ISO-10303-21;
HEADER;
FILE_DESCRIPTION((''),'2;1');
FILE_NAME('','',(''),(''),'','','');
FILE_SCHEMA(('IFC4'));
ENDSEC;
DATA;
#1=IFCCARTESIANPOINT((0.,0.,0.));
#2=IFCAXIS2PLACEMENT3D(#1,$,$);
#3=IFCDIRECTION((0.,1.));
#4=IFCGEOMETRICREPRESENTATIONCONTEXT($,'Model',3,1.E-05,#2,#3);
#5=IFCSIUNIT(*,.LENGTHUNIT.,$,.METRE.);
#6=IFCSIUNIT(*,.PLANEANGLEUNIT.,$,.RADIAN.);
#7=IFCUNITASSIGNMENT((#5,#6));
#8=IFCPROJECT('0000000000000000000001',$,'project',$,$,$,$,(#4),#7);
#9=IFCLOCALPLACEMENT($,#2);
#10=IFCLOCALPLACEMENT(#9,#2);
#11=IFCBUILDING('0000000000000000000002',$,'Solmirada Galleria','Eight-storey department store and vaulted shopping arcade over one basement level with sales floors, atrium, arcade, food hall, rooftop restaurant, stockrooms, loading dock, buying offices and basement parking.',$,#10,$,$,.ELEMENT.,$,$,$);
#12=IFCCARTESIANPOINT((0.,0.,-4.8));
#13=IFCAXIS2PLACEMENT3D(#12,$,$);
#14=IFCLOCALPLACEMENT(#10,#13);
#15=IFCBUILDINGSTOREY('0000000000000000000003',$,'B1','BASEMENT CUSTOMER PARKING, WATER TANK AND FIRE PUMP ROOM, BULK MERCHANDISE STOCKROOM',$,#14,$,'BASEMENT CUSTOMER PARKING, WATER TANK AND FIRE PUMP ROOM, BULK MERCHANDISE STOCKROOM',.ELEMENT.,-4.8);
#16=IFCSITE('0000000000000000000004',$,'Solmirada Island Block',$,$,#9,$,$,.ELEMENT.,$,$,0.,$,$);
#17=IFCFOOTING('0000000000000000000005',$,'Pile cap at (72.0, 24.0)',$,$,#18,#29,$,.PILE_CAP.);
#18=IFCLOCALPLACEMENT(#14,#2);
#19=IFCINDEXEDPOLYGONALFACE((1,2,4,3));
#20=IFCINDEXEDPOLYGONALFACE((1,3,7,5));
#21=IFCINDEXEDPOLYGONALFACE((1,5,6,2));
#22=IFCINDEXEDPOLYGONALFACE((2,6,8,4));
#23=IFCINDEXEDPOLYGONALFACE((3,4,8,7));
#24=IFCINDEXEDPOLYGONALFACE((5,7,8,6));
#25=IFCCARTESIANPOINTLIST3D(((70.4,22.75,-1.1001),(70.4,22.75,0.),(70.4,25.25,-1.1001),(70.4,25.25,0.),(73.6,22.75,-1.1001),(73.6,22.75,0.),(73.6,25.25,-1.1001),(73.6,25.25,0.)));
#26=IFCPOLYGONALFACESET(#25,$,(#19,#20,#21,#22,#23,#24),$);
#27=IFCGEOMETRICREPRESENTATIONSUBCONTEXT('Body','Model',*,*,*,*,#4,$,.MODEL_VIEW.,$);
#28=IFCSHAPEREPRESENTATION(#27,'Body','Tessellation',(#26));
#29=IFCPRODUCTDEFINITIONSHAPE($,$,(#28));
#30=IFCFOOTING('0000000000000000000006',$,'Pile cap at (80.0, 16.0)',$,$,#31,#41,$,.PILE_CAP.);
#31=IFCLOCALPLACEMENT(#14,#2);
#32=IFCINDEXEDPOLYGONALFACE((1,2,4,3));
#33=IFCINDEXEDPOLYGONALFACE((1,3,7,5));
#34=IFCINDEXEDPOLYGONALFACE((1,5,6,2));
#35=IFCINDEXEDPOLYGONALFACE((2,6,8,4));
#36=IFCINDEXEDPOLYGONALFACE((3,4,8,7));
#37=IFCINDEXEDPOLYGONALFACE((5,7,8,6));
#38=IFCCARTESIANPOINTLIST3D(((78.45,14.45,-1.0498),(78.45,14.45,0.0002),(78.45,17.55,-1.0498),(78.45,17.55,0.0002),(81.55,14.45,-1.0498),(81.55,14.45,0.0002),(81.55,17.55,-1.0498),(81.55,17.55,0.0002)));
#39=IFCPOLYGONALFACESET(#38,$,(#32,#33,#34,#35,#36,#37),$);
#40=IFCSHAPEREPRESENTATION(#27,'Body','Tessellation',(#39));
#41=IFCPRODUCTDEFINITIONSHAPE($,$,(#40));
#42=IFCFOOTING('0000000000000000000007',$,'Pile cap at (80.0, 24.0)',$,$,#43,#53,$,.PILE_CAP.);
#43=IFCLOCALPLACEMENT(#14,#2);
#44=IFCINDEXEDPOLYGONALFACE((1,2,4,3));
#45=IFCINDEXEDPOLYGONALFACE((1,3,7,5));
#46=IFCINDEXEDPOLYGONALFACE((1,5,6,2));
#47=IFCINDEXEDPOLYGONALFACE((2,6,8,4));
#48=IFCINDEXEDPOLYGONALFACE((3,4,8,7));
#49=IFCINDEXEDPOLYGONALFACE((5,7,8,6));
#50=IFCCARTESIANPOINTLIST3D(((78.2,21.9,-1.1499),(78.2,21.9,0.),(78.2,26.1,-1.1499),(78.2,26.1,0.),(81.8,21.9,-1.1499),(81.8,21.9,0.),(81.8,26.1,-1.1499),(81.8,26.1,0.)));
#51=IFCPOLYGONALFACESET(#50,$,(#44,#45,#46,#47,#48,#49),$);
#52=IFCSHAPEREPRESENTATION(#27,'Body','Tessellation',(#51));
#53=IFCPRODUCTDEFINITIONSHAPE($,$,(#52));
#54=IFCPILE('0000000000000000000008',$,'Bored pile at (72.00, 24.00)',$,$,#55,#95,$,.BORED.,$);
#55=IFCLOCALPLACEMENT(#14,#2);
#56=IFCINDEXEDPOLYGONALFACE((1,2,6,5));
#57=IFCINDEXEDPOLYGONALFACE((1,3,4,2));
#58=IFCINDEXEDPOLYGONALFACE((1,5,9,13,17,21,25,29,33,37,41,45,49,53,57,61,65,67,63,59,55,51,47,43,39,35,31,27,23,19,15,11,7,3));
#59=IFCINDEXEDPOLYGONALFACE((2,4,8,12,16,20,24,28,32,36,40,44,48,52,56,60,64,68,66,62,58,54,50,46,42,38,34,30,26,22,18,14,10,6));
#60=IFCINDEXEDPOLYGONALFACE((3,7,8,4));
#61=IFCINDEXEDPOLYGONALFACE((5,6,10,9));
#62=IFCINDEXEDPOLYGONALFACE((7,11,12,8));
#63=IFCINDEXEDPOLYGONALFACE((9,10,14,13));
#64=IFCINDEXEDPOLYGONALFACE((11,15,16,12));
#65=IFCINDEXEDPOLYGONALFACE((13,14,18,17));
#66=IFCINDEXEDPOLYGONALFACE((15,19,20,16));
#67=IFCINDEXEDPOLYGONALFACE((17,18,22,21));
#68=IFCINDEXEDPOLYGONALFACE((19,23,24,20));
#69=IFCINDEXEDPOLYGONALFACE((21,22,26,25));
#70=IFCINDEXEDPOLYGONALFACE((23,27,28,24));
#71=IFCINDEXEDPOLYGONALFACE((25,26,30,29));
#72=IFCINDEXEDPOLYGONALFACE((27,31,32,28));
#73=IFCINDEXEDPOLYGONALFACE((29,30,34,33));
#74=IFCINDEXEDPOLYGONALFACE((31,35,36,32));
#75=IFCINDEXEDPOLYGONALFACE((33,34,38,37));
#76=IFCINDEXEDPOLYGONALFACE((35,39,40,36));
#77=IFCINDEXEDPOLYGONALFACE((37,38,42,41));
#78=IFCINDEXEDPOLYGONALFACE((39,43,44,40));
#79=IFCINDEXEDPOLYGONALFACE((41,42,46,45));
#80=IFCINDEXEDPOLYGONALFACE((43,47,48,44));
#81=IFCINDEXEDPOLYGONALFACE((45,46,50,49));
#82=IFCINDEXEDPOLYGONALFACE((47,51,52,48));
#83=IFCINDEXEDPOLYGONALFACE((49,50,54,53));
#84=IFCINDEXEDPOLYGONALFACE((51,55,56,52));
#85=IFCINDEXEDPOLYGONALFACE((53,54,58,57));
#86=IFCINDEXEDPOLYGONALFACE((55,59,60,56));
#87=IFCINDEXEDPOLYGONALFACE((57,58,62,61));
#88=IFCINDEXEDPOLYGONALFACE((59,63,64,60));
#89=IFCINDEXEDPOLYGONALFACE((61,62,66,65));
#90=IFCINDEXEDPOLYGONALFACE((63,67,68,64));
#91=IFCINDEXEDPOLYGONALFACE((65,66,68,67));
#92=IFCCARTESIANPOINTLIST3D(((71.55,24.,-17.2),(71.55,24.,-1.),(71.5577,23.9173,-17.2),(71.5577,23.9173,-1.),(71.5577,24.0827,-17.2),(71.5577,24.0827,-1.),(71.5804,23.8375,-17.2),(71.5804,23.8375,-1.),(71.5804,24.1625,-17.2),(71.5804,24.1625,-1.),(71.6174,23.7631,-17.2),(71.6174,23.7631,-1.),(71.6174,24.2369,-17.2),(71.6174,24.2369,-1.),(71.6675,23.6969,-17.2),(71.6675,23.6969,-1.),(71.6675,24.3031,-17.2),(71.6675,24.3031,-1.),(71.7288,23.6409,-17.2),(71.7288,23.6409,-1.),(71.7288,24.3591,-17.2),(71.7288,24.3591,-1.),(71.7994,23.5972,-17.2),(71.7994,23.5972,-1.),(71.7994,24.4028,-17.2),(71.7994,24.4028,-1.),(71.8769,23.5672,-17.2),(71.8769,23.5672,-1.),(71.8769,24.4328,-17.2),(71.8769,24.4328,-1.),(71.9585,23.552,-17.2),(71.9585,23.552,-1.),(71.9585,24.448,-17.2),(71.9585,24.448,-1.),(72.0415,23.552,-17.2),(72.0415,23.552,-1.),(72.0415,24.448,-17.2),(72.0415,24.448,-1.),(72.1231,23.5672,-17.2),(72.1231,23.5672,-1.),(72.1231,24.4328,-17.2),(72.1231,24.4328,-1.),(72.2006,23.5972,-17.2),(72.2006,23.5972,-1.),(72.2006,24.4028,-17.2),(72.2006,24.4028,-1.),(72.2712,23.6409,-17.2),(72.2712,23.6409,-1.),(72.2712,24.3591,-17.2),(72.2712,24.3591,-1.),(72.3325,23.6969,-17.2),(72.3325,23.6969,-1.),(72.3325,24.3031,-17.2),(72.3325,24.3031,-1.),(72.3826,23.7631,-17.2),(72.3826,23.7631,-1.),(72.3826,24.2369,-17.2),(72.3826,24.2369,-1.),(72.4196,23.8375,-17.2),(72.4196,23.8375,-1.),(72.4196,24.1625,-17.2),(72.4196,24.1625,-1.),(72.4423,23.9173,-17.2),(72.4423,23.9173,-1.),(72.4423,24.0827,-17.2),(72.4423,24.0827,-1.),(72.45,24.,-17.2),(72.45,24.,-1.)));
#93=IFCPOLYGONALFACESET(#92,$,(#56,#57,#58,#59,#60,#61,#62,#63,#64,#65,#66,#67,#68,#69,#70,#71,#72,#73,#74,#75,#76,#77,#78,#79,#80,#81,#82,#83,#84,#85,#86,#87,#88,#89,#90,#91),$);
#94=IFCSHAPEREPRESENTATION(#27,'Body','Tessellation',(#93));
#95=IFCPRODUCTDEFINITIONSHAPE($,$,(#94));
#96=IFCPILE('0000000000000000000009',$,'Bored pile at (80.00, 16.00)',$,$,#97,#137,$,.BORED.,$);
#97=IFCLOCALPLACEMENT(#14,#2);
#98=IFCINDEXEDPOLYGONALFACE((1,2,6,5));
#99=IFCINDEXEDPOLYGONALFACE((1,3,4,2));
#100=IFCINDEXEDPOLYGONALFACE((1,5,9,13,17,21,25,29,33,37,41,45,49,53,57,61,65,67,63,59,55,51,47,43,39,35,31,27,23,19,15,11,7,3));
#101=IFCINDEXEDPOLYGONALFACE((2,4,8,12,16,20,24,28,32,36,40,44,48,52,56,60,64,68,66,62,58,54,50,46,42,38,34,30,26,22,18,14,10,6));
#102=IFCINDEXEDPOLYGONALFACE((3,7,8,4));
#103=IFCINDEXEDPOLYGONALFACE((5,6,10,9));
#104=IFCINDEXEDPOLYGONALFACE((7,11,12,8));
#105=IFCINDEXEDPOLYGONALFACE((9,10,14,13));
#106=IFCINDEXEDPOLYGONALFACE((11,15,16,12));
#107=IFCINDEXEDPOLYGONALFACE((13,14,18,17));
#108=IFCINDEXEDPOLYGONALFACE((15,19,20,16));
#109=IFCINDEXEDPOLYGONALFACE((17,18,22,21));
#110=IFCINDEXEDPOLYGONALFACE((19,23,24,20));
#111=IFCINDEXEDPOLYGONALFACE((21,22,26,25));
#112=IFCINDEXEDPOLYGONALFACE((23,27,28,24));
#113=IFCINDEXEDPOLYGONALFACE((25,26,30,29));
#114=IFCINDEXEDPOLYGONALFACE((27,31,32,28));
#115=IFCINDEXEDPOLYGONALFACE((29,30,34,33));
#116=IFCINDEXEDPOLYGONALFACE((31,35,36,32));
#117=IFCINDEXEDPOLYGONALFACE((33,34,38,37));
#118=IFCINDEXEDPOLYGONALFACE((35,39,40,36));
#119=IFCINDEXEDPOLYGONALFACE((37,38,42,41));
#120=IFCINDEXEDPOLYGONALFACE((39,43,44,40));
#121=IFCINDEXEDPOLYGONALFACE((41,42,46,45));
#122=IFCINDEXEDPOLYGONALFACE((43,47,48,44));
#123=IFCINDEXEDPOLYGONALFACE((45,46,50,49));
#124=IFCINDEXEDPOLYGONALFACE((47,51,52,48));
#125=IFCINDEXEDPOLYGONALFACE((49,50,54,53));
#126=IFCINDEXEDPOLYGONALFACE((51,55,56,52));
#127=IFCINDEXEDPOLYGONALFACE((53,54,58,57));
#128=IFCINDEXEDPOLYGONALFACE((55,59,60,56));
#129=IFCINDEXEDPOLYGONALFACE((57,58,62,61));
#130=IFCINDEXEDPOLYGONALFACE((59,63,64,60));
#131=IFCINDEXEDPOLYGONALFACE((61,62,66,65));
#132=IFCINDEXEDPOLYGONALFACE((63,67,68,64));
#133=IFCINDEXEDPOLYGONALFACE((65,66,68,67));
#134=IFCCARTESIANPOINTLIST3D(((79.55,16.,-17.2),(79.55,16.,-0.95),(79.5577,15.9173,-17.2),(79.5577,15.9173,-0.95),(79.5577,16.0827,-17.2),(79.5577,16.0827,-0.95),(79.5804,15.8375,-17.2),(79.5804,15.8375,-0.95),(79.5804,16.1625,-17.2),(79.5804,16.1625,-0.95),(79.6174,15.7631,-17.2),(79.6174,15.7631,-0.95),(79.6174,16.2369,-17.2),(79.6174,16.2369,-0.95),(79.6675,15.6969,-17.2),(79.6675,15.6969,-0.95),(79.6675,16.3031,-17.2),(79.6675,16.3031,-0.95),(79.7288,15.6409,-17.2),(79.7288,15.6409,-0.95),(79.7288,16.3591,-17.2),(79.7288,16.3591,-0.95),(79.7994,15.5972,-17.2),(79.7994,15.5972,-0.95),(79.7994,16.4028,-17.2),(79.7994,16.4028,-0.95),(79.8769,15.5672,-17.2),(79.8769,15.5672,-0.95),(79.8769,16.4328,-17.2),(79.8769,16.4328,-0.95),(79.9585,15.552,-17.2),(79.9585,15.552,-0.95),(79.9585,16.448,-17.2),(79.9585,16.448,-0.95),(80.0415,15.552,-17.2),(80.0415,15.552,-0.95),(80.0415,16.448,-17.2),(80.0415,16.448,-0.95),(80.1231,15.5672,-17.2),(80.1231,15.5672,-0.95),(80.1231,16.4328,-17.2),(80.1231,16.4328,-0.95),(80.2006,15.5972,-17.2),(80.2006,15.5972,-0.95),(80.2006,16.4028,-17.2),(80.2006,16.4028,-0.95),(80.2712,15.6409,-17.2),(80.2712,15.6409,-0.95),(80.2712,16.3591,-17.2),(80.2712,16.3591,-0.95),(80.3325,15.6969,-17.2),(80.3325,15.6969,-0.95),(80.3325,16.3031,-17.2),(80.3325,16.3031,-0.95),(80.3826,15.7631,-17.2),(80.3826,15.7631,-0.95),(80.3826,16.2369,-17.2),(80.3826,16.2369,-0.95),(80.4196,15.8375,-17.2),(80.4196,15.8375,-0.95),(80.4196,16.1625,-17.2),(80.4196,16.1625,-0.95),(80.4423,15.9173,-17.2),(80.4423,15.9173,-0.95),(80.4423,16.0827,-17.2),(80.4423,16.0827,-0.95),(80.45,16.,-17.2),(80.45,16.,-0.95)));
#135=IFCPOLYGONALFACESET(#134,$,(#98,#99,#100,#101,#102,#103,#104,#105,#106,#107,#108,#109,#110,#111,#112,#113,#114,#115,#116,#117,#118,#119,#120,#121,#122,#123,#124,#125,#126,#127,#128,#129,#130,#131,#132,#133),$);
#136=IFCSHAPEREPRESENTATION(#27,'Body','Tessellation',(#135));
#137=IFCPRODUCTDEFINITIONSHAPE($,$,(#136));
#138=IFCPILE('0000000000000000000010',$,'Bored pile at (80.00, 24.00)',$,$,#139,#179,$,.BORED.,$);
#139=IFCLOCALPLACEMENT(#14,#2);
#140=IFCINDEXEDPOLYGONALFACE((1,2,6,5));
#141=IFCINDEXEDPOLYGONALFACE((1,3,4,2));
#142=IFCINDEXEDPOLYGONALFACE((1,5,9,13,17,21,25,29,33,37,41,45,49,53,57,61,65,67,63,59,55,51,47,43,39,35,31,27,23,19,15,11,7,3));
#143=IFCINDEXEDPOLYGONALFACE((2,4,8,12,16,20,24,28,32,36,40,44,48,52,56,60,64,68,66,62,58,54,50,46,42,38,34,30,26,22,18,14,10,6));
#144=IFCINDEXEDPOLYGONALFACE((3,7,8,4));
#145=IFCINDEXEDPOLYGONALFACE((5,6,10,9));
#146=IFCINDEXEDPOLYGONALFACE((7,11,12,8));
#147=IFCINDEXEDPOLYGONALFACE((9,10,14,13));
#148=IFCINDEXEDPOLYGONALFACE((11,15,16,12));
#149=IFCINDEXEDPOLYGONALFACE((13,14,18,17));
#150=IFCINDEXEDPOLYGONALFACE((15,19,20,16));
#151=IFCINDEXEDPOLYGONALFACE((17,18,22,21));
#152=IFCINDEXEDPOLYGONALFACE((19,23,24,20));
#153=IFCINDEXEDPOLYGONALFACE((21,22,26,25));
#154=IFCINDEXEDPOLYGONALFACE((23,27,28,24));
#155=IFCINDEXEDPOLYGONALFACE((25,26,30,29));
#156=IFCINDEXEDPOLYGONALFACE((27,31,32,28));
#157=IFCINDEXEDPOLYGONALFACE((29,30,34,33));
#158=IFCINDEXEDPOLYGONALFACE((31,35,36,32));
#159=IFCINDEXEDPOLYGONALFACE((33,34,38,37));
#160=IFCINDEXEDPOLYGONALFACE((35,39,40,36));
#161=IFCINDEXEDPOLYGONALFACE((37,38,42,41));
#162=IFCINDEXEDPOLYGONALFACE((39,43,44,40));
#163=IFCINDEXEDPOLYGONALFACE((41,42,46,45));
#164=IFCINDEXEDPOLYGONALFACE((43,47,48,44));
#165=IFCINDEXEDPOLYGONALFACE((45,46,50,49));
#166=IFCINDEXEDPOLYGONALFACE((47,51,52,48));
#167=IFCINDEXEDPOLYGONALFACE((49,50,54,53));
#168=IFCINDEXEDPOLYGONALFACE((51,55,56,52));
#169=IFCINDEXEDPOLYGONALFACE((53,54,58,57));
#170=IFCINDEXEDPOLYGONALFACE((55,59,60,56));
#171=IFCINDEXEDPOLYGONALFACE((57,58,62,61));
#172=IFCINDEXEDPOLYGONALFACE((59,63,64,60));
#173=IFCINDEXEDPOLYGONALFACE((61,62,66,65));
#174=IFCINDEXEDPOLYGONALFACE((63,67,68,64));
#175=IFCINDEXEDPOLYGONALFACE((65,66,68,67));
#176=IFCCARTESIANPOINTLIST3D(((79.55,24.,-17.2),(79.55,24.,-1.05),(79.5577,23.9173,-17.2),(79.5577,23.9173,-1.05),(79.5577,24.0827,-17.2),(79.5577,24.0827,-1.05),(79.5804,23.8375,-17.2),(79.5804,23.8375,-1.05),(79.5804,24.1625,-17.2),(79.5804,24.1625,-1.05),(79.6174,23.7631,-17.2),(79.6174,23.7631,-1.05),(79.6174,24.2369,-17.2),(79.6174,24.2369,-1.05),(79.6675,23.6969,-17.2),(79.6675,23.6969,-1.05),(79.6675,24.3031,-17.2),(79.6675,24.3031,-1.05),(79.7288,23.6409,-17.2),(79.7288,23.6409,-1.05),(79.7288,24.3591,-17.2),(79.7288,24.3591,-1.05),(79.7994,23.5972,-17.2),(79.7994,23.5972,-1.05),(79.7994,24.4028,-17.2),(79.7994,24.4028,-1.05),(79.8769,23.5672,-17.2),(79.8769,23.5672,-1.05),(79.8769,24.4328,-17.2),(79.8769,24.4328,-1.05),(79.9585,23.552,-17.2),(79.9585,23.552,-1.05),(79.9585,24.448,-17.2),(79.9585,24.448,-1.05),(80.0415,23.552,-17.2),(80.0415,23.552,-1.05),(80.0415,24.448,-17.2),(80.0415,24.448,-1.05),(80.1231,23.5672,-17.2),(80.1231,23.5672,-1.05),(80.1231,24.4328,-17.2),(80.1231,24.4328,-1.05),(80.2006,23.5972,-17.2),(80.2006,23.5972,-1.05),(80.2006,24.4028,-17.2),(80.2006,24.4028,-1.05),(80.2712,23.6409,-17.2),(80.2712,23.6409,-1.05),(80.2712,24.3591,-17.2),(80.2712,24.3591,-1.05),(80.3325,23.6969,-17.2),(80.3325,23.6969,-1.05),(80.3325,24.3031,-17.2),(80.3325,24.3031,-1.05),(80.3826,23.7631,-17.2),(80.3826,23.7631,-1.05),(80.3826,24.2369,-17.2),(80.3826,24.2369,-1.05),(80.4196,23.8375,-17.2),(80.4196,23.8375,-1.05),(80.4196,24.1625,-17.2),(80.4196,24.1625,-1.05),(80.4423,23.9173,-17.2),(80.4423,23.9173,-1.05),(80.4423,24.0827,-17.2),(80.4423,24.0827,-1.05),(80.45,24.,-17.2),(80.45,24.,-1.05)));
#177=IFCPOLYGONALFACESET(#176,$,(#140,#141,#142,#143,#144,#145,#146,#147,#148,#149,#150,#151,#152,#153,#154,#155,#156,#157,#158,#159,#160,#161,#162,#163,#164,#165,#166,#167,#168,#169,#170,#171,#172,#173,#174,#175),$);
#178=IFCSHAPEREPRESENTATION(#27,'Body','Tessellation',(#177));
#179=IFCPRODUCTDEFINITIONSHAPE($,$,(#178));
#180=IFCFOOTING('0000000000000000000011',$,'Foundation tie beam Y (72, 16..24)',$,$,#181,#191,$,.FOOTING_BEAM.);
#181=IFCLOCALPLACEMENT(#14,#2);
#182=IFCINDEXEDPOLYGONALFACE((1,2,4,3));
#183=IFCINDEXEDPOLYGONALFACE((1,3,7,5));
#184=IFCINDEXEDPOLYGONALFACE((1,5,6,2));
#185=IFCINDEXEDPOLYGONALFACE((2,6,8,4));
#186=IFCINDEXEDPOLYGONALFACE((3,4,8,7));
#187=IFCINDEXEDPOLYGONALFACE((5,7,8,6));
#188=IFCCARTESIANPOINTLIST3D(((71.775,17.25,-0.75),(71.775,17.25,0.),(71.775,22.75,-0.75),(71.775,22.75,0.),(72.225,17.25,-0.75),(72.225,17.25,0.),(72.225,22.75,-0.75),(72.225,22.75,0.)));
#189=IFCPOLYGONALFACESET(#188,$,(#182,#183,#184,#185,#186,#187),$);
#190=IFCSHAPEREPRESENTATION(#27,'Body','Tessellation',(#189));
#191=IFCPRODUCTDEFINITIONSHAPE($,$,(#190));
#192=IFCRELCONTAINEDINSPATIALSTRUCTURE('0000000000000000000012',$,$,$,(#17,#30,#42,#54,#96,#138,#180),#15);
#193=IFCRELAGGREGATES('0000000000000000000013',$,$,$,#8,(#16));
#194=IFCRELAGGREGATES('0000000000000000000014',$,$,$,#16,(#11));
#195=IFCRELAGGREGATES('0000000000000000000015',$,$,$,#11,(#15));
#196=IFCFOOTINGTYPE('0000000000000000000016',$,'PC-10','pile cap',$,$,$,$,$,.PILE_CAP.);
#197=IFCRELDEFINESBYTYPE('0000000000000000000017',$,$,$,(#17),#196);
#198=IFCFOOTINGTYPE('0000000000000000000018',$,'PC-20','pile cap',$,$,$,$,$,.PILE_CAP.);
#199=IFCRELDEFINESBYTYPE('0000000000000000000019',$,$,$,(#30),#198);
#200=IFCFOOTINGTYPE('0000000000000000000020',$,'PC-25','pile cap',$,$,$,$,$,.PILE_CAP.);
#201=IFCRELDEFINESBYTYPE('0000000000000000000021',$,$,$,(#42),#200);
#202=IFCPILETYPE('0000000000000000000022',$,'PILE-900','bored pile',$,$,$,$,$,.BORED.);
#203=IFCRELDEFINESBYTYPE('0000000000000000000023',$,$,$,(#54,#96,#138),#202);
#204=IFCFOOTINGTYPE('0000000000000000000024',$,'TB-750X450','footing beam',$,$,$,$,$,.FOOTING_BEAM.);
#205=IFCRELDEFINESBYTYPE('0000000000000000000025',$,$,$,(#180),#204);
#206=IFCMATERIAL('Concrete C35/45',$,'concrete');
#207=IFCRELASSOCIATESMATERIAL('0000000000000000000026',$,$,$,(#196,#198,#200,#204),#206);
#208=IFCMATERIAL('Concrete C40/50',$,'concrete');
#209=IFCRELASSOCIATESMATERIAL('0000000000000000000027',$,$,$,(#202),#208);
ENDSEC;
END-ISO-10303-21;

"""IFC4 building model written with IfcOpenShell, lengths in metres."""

from ifc_helpers import new_model, si_unit, direction, frame, origin, origin_2d, place, context, subcontext, project, spatial, rectangle, circle, extrude, material, material_profile, profile_set, type_object, element, save


model = new_model("IFC4")

# Units and contexts
model_context = context("Model", 3, precision=1e-05, world=origin(), true_north=direction((0.0, 1.0)))
body_context = subcontext(model_context, "Body", "Model", "MODEL_VIEW")
ifc_project = project(units=[si_unit("LENGTHUNIT", "METRE"), si_unit("PLANEANGLEUNIT", "RADIAN")], contexts=[model_context])

# Site, building, storey
site_placement = place(None, origin())
site = spatial("IfcSite", under=ifc_project, at=site_placement, Name="Solmirada Island Block", CompositionType="ELEMENT", RefElevation=0.0)
building_placement = place(site_placement, origin())
building = spatial("IfcBuilding", under=site, at=building_placement, Name="Solmirada Galleria", Description="Eight-storey department store and vaulted shopping arcade over one basement level with sales floors, atrium, arcade, food hall, rooftop restaurant, stockrooms, loading dock, buying offices and basement parking.", CompositionType="ELEMENT")
storey_placement = place(building_placement, frame((0.0, 0.0, -4.8)))
storey = spatial("IfcBuildingStorey", under=building, at=storey_placement, Name="B1", Description="BASEMENT CUSTOMER PARKING, WATER TANK AND FIRE PUMP ROOM, BULK MERCHANDISE STOCKROOM", LongName="BASEMENT CUSTOMER PARKING, WATER TANK AND FIRE PUMP ROOM, BULK MERCHANDISE STOCKROOM", CompositionType="ELEMENT", Elevation=-4.8)

# Footings
ifc_material_1 = material(Name="Concrete C35/45", Category="concrete")
footing_type_1 = type_object("IfcFootingType", Name="PC-10", Description="pile cap", PredefinedType="PILE_CAP", material=ifc_material_1)
footing_1_placement = place(storey_placement, frame((72.0, 24.0, -1.1001), z_axis=(0.0, 0.0, 1.0), x_axis=(1.0, 0.0, 0.0)))
element("IfcFooting", 1, at=footing_1_placement, inside=storey, type_object=footing_type_1, Name="Pile cap at (72.0, 24.0)", PredefinedType="PILE_CAP", context=body_context, shape_type="SweptSolid", body=[
    extrude(rectangle(XDim=3.2, YDim=2.5, at=origin_2d()), origin(), (0.0, 0.0, 1.0), 1.1001),
])
footing_type_2 = type_object("IfcFootingType", Name="PC-20", Description="pile cap", PredefinedType="PILE_CAP", material=ifc_material_1)
footing_2_placement = place(storey_placement, frame((80.0, 16.0, -1.0498), z_axis=(0.0, 0.0, 1.0), x_axis=(1.0, 0.0, 0.0)))
element("IfcFooting", 2, at=footing_2_placement, inside=storey, type_object=footing_type_2, Name="Pile cap at (80.0, 16.0)", PredefinedType="PILE_CAP", context=body_context, shape_type="SweptSolid", body=[
    extrude(rectangle(XDim=3.1001, YDim=3.1001, at=origin_2d()), origin(), (0.0, 0.0, 1.0), 1.05),
])
footing_type_3 = type_object("IfcFootingType", Name="PC-25", Description="pile cap", PredefinedType="PILE_CAP", material=ifc_material_1)
footing_3_placement = place(storey_placement, frame((80.0, 24.0, -1.1499), z_axis=(0.0, 0.0, 1.0), x_axis=(1.0, 0.0, 0.0)))
element("IfcFooting", 3, at=footing_3_placement, inside=storey, type_object=footing_type_3, Name="Pile cap at (80.0, 24.0)", PredefinedType="PILE_CAP", context=body_context, shape_type="SweptSolid", body=[
    extrude(rectangle(XDim=3.6001, YDim=4.2, at=origin_2d()), origin(), (0.0, 0.0, 1.0), 1.1499),
])

# Piles
ifc_material_2 = material(Name="Concrete C40/50", Category="concrete")
ifc_material_profile_1 = material_profile(ifc_material_2, circle(Radius=0.45, at=origin_2d()), Name="PILE900")
ifc_profile_set_1 = profile_set([ifc_material_profile_1], Name="Concrete C40/50")
pile_type = type_object("IfcPileType", Name="PILE-900", Description="bored pile", PredefinedType="BORED", material=ifc_profile_set_1)
pile_1_placement = place(storey_placement, frame((72.0, 24.0, -1.0), z_axis=(0.0, 0.0, -1.0), x_axis=(1.0, 0.0, 0.0)))
element("IfcPile", 4, at=pile_1_placement, inside=storey, type_object=pile_type, Name="Bored pile at (72.00, 24.00)", PredefinedType="BORED", context=body_context, shape_type="SweptSolid", body=[
    extrude(circle(Radius=0.45, at=origin_2d()), origin(), (0.0, 0.0, 1.0), 16.2),
])
pile_2_placement = place(storey_placement, frame((80.0, 16.0, -0.95), z_axis=(0.0, 0.0, -1.0), x_axis=(1.0, 0.0, 0.0)))
element("IfcPile", 5, at=pile_2_placement, inside=storey, type_object=pile_type, Name="Bored pile at (80.00, 16.00)", PredefinedType="BORED", context=body_context, shape_type="SweptSolid", body=[
    extrude(circle(Radius=0.45, at=origin_2d()), origin(), (0.0, 0.0, 1.0), 16.25),
])
pile_3_placement = place(storey_placement, frame((80.0, 24.0, -1.05), z_axis=(0.0, 0.0, -1.0), x_axis=(1.0, 0.0, 0.0)))
element("IfcPile", 6, at=pile_3_placement, inside=storey, type_object=pile_type, Name="Bored pile at (80.00, 24.00)", PredefinedType="BORED", context=body_context, shape_type="SweptSolid", body=[
    extrude(circle(Radius=0.45, at=origin_2d()), origin(), (0.0, 0.0, 1.0), 16.1499),
])

# Footing
ifc_material_profile_2 = material_profile(ifc_material_1, rectangle(XDim=0.45, YDim=0.75, at=origin_2d()), Name="RC750X450")
ifc_profile_set_2 = profile_set([ifc_material_profile_2], Name="Concrete C35/45")
footing_type_4 = type_object("IfcFootingType", Name="TB-750X450", Description="footing beam", PredefinedType="FOOTING_BEAM", material=ifc_profile_set_2)
footing_4_placement = place(storey_placement, frame((72.0, 17.25, -0.375), z_axis=(0.0, 1.0, 0.0), x_axis=(-1.0, 0.0, 0.0)))
element("IfcFooting", 7, at=footing_4_placement, inside=storey, type_object=footing_type_4, Name="Foundation tie beam Y (72, 16..24)", PredefinedType="FOOTING_BEAM", context=body_context, shape_type="SweptSolid", body=[
    extrude(rectangle(XDim=0.45, YDim=0.75, at=origin_2d()), origin(), (0.0, 0.0, 1.0), 5.5),
])

save(model, "model.ifc")
